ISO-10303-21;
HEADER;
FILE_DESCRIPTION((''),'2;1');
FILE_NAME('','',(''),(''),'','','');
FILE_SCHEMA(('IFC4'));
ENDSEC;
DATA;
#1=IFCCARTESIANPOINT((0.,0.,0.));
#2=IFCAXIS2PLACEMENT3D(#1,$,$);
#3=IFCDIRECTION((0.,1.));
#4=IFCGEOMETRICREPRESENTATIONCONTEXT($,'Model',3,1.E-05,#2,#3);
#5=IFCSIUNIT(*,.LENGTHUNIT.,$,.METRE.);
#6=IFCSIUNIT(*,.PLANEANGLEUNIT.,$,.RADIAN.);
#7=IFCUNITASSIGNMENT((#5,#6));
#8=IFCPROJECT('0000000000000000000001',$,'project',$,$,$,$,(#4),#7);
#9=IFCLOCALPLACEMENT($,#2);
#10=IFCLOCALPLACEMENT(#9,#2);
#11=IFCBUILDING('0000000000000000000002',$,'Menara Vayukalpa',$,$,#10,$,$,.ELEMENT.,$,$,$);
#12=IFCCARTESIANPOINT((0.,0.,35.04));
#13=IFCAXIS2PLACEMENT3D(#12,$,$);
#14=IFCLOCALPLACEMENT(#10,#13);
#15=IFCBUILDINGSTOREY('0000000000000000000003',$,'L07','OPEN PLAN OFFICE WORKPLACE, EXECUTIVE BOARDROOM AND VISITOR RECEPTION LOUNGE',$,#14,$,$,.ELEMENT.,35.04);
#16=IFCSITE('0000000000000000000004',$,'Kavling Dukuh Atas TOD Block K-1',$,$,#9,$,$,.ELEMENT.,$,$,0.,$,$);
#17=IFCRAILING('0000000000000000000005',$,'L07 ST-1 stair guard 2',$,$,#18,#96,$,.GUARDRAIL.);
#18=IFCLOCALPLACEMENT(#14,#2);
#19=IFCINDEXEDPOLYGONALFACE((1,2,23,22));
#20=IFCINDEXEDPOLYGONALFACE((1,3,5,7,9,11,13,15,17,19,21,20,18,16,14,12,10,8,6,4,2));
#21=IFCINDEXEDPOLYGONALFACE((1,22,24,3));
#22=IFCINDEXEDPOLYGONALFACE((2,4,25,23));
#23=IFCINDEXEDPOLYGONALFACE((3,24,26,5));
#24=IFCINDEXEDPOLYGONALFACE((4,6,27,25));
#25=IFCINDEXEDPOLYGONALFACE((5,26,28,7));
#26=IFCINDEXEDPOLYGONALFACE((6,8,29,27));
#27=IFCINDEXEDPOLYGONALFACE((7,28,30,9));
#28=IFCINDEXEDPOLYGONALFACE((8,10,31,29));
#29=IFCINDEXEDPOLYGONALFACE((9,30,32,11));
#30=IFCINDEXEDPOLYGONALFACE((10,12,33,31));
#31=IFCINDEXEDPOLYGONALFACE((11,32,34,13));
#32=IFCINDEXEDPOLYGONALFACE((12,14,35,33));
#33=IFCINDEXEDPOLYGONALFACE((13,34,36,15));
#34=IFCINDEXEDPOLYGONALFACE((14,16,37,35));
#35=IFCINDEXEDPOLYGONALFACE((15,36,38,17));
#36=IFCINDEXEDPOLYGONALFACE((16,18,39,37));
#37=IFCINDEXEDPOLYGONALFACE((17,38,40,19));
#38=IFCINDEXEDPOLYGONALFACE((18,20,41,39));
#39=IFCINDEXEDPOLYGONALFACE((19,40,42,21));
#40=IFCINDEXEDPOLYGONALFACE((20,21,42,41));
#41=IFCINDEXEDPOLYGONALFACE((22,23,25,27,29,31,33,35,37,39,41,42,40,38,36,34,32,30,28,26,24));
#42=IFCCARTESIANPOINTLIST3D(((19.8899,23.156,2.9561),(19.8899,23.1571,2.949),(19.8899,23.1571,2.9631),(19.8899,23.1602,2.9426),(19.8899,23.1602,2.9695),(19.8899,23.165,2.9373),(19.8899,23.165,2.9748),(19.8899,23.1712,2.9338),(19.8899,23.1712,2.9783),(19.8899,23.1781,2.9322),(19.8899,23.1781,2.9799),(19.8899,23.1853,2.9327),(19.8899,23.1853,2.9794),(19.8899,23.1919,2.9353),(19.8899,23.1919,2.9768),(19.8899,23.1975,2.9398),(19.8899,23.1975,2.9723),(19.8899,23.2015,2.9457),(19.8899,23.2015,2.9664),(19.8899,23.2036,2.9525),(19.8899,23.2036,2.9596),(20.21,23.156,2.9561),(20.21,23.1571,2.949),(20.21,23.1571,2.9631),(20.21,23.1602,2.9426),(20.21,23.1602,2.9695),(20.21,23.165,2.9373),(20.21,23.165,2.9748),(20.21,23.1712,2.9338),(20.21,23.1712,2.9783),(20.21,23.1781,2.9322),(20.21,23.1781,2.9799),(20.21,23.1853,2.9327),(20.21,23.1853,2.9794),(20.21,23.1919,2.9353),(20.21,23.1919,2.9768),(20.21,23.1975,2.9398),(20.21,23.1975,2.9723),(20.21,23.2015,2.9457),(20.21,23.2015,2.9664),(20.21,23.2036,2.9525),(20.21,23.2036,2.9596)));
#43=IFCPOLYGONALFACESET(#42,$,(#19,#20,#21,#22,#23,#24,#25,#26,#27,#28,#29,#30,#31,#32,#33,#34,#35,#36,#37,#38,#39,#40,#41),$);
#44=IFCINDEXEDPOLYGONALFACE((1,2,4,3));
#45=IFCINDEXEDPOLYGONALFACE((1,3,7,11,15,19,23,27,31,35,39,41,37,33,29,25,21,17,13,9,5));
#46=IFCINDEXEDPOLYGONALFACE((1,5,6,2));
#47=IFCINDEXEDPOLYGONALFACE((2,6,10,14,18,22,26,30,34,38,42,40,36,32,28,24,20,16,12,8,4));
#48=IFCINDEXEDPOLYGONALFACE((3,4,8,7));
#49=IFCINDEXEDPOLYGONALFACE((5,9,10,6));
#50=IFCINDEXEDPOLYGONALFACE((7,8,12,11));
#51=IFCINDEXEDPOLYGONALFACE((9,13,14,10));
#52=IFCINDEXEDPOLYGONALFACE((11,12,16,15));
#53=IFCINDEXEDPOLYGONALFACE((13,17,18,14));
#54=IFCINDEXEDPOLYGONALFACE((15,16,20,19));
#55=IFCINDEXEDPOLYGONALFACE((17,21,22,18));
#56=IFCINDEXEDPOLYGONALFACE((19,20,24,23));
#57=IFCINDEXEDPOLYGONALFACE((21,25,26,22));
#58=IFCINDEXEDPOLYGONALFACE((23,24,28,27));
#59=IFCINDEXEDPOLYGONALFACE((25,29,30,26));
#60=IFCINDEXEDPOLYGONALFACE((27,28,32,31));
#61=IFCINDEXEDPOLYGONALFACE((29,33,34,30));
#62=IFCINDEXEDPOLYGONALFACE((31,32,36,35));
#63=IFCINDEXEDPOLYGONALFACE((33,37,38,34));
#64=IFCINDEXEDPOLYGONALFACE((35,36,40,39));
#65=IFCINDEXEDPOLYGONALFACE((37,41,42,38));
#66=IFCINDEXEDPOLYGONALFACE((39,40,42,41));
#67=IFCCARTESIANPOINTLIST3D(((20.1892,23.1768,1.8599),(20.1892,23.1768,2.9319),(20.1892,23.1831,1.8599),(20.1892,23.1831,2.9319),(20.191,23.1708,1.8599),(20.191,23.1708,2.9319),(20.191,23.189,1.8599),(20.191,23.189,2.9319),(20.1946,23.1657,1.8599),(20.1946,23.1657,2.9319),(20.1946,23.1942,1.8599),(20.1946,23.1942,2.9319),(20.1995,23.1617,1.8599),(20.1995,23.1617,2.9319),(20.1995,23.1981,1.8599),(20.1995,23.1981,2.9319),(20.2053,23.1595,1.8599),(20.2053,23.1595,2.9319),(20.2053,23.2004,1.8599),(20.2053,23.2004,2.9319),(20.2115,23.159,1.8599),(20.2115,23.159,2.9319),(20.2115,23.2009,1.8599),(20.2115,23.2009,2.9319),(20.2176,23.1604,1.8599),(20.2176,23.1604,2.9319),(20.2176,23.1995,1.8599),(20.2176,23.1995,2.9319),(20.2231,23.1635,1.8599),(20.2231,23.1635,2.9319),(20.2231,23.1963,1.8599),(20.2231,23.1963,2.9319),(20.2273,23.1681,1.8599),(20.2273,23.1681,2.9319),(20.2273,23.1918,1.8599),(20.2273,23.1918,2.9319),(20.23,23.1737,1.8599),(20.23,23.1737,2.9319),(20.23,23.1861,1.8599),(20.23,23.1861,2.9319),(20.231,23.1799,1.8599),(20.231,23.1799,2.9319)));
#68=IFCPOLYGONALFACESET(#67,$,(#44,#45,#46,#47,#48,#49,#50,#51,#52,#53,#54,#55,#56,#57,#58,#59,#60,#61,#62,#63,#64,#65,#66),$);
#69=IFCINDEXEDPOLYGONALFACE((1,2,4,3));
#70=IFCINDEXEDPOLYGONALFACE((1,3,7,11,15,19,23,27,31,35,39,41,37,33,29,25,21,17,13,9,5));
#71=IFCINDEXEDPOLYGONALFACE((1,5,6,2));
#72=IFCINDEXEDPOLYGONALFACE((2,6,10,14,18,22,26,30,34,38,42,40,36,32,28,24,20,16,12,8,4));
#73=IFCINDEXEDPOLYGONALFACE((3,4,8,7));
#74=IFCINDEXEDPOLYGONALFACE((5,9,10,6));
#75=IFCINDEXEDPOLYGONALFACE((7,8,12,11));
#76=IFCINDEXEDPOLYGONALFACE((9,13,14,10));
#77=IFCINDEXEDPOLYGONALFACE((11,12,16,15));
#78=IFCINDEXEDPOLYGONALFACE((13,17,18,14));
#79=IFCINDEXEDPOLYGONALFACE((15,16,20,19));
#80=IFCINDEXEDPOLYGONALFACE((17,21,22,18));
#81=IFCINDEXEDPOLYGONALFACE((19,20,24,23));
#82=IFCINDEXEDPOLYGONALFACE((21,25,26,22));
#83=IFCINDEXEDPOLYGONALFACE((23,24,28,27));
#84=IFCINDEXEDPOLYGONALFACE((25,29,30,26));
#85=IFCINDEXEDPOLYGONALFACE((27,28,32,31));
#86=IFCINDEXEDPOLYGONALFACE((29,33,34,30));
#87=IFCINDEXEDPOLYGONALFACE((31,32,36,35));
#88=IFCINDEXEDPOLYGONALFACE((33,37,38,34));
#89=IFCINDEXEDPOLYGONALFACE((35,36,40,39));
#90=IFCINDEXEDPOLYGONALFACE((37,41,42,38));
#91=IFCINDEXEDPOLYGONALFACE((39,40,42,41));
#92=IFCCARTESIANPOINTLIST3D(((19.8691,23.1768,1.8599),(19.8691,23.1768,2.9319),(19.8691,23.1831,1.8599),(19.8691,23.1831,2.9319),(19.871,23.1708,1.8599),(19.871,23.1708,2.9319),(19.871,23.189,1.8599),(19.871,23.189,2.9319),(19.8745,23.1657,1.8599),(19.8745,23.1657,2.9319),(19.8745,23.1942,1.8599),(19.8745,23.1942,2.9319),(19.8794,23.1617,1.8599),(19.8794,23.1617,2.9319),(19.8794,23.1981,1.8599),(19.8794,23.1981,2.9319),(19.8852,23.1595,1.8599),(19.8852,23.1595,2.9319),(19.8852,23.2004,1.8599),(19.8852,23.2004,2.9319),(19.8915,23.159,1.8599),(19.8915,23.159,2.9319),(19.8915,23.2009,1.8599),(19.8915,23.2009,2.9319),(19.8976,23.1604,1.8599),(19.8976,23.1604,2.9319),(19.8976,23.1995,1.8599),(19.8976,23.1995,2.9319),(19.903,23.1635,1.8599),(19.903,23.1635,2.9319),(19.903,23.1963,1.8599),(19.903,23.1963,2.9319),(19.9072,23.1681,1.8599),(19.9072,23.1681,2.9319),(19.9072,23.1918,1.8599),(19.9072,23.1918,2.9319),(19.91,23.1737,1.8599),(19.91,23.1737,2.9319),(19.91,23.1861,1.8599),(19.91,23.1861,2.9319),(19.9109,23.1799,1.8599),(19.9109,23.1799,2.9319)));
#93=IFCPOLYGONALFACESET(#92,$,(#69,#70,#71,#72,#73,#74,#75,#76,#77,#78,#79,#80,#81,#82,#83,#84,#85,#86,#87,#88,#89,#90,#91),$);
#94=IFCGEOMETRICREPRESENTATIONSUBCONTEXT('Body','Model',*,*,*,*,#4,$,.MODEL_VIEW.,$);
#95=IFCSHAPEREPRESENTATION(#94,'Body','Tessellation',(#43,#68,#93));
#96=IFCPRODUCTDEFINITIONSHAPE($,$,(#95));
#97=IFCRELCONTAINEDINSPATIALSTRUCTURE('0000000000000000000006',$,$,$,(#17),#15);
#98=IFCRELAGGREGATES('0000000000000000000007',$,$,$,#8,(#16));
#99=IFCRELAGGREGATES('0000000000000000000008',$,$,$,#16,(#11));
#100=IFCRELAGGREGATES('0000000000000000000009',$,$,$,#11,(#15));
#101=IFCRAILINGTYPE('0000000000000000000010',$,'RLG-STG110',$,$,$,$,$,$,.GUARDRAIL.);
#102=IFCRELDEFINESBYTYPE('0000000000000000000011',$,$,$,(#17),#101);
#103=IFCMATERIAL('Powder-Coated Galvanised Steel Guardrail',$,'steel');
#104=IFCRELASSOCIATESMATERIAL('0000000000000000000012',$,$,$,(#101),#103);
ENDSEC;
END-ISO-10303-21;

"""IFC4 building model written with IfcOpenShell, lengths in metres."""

from ifc_helpers import new_model, si_unit, direction, frame, origin, origin_2d, place, context, subcontext, project, spatial, circle, extrude, material, type_object, element, save


model = new_model("IFC4")

# Units and contexts
model_context = context("Model", 3, precision=1e-05, world=origin(), true_north=direction((0.0, 1.0)))
body_context = subcontext(model_context, "Body", "Model", "MODEL_VIEW")
ifc_project = project(units=[si_unit("LENGTHUNIT", "METRE"), si_unit("PLANEANGLEUNIT", "RADIAN")], contexts=[model_context])

# Site, building, storey
site_placement = place(None, origin())
site = spatial("IfcSite", under=ifc_project, at=site_placement, Name="Kavling Dukuh Atas TOD Block K-1", CompositionType="ELEMENT", RefElevation=0.0)
building_placement = place(site_placement, origin())
building = spatial("IfcBuilding", under=site, at=building_placement, Name="Menara Vayukalpa", CompositionType="ELEMENT")
storey_placement = place(building_placement, frame((0.0, 0.0, 35.04)))
storey = spatial("IfcBuildingStorey", under=building, at=storey_placement, Name="L07", Description="OPEN PLAN OFFICE WORKPLACE, EXECUTIVE BOARDROOM AND VISITOR RECEPTION LOUNGE", CompositionType="ELEMENT", Elevation=35.04)

# Railing
ifc_material_1 = material(Name="Powder-Coated Galvanised Steel Guardrail", Category="steel")
railing_type_1 = type_object("IfcRailingType", Name="RLG-STG110", PredefinedType="GUARDRAIL", material=ifc_material_1)
railing_1_placement = place(storey_placement, frame((20.21, 23.1799, 1.8599)))
element("IfcRailing", 1, at=railing_1_placement, inside=storey, type_object=railing_type_1, Name="L07 ST-1 stair guard 2", PredefinedType="GUARDRAIL", context=body_context, shape_type="SweptSolid", body=[
    extrude(circle(Radius=0.0239, at=origin_2d()), frame((0.0, 0.0, 1.0962), z_axis=(-1.0, 0.0, 0.0), x_axis=(0.0, -1.0, 0.0)), (0.0, 0.0, 1.0), 0.3201),
    extrude(circle(Radius=0.021, at=origin_2d()), origin(), (0.0, 0.0, 1.0), 1.072),
    extrude(circle(Radius=0.021, at=origin_2d()), frame((-0.3201, 0.0, 0.0)), (0.0, 0.0, 1.0), 1.072),
])

save(model, "model.ifc")
